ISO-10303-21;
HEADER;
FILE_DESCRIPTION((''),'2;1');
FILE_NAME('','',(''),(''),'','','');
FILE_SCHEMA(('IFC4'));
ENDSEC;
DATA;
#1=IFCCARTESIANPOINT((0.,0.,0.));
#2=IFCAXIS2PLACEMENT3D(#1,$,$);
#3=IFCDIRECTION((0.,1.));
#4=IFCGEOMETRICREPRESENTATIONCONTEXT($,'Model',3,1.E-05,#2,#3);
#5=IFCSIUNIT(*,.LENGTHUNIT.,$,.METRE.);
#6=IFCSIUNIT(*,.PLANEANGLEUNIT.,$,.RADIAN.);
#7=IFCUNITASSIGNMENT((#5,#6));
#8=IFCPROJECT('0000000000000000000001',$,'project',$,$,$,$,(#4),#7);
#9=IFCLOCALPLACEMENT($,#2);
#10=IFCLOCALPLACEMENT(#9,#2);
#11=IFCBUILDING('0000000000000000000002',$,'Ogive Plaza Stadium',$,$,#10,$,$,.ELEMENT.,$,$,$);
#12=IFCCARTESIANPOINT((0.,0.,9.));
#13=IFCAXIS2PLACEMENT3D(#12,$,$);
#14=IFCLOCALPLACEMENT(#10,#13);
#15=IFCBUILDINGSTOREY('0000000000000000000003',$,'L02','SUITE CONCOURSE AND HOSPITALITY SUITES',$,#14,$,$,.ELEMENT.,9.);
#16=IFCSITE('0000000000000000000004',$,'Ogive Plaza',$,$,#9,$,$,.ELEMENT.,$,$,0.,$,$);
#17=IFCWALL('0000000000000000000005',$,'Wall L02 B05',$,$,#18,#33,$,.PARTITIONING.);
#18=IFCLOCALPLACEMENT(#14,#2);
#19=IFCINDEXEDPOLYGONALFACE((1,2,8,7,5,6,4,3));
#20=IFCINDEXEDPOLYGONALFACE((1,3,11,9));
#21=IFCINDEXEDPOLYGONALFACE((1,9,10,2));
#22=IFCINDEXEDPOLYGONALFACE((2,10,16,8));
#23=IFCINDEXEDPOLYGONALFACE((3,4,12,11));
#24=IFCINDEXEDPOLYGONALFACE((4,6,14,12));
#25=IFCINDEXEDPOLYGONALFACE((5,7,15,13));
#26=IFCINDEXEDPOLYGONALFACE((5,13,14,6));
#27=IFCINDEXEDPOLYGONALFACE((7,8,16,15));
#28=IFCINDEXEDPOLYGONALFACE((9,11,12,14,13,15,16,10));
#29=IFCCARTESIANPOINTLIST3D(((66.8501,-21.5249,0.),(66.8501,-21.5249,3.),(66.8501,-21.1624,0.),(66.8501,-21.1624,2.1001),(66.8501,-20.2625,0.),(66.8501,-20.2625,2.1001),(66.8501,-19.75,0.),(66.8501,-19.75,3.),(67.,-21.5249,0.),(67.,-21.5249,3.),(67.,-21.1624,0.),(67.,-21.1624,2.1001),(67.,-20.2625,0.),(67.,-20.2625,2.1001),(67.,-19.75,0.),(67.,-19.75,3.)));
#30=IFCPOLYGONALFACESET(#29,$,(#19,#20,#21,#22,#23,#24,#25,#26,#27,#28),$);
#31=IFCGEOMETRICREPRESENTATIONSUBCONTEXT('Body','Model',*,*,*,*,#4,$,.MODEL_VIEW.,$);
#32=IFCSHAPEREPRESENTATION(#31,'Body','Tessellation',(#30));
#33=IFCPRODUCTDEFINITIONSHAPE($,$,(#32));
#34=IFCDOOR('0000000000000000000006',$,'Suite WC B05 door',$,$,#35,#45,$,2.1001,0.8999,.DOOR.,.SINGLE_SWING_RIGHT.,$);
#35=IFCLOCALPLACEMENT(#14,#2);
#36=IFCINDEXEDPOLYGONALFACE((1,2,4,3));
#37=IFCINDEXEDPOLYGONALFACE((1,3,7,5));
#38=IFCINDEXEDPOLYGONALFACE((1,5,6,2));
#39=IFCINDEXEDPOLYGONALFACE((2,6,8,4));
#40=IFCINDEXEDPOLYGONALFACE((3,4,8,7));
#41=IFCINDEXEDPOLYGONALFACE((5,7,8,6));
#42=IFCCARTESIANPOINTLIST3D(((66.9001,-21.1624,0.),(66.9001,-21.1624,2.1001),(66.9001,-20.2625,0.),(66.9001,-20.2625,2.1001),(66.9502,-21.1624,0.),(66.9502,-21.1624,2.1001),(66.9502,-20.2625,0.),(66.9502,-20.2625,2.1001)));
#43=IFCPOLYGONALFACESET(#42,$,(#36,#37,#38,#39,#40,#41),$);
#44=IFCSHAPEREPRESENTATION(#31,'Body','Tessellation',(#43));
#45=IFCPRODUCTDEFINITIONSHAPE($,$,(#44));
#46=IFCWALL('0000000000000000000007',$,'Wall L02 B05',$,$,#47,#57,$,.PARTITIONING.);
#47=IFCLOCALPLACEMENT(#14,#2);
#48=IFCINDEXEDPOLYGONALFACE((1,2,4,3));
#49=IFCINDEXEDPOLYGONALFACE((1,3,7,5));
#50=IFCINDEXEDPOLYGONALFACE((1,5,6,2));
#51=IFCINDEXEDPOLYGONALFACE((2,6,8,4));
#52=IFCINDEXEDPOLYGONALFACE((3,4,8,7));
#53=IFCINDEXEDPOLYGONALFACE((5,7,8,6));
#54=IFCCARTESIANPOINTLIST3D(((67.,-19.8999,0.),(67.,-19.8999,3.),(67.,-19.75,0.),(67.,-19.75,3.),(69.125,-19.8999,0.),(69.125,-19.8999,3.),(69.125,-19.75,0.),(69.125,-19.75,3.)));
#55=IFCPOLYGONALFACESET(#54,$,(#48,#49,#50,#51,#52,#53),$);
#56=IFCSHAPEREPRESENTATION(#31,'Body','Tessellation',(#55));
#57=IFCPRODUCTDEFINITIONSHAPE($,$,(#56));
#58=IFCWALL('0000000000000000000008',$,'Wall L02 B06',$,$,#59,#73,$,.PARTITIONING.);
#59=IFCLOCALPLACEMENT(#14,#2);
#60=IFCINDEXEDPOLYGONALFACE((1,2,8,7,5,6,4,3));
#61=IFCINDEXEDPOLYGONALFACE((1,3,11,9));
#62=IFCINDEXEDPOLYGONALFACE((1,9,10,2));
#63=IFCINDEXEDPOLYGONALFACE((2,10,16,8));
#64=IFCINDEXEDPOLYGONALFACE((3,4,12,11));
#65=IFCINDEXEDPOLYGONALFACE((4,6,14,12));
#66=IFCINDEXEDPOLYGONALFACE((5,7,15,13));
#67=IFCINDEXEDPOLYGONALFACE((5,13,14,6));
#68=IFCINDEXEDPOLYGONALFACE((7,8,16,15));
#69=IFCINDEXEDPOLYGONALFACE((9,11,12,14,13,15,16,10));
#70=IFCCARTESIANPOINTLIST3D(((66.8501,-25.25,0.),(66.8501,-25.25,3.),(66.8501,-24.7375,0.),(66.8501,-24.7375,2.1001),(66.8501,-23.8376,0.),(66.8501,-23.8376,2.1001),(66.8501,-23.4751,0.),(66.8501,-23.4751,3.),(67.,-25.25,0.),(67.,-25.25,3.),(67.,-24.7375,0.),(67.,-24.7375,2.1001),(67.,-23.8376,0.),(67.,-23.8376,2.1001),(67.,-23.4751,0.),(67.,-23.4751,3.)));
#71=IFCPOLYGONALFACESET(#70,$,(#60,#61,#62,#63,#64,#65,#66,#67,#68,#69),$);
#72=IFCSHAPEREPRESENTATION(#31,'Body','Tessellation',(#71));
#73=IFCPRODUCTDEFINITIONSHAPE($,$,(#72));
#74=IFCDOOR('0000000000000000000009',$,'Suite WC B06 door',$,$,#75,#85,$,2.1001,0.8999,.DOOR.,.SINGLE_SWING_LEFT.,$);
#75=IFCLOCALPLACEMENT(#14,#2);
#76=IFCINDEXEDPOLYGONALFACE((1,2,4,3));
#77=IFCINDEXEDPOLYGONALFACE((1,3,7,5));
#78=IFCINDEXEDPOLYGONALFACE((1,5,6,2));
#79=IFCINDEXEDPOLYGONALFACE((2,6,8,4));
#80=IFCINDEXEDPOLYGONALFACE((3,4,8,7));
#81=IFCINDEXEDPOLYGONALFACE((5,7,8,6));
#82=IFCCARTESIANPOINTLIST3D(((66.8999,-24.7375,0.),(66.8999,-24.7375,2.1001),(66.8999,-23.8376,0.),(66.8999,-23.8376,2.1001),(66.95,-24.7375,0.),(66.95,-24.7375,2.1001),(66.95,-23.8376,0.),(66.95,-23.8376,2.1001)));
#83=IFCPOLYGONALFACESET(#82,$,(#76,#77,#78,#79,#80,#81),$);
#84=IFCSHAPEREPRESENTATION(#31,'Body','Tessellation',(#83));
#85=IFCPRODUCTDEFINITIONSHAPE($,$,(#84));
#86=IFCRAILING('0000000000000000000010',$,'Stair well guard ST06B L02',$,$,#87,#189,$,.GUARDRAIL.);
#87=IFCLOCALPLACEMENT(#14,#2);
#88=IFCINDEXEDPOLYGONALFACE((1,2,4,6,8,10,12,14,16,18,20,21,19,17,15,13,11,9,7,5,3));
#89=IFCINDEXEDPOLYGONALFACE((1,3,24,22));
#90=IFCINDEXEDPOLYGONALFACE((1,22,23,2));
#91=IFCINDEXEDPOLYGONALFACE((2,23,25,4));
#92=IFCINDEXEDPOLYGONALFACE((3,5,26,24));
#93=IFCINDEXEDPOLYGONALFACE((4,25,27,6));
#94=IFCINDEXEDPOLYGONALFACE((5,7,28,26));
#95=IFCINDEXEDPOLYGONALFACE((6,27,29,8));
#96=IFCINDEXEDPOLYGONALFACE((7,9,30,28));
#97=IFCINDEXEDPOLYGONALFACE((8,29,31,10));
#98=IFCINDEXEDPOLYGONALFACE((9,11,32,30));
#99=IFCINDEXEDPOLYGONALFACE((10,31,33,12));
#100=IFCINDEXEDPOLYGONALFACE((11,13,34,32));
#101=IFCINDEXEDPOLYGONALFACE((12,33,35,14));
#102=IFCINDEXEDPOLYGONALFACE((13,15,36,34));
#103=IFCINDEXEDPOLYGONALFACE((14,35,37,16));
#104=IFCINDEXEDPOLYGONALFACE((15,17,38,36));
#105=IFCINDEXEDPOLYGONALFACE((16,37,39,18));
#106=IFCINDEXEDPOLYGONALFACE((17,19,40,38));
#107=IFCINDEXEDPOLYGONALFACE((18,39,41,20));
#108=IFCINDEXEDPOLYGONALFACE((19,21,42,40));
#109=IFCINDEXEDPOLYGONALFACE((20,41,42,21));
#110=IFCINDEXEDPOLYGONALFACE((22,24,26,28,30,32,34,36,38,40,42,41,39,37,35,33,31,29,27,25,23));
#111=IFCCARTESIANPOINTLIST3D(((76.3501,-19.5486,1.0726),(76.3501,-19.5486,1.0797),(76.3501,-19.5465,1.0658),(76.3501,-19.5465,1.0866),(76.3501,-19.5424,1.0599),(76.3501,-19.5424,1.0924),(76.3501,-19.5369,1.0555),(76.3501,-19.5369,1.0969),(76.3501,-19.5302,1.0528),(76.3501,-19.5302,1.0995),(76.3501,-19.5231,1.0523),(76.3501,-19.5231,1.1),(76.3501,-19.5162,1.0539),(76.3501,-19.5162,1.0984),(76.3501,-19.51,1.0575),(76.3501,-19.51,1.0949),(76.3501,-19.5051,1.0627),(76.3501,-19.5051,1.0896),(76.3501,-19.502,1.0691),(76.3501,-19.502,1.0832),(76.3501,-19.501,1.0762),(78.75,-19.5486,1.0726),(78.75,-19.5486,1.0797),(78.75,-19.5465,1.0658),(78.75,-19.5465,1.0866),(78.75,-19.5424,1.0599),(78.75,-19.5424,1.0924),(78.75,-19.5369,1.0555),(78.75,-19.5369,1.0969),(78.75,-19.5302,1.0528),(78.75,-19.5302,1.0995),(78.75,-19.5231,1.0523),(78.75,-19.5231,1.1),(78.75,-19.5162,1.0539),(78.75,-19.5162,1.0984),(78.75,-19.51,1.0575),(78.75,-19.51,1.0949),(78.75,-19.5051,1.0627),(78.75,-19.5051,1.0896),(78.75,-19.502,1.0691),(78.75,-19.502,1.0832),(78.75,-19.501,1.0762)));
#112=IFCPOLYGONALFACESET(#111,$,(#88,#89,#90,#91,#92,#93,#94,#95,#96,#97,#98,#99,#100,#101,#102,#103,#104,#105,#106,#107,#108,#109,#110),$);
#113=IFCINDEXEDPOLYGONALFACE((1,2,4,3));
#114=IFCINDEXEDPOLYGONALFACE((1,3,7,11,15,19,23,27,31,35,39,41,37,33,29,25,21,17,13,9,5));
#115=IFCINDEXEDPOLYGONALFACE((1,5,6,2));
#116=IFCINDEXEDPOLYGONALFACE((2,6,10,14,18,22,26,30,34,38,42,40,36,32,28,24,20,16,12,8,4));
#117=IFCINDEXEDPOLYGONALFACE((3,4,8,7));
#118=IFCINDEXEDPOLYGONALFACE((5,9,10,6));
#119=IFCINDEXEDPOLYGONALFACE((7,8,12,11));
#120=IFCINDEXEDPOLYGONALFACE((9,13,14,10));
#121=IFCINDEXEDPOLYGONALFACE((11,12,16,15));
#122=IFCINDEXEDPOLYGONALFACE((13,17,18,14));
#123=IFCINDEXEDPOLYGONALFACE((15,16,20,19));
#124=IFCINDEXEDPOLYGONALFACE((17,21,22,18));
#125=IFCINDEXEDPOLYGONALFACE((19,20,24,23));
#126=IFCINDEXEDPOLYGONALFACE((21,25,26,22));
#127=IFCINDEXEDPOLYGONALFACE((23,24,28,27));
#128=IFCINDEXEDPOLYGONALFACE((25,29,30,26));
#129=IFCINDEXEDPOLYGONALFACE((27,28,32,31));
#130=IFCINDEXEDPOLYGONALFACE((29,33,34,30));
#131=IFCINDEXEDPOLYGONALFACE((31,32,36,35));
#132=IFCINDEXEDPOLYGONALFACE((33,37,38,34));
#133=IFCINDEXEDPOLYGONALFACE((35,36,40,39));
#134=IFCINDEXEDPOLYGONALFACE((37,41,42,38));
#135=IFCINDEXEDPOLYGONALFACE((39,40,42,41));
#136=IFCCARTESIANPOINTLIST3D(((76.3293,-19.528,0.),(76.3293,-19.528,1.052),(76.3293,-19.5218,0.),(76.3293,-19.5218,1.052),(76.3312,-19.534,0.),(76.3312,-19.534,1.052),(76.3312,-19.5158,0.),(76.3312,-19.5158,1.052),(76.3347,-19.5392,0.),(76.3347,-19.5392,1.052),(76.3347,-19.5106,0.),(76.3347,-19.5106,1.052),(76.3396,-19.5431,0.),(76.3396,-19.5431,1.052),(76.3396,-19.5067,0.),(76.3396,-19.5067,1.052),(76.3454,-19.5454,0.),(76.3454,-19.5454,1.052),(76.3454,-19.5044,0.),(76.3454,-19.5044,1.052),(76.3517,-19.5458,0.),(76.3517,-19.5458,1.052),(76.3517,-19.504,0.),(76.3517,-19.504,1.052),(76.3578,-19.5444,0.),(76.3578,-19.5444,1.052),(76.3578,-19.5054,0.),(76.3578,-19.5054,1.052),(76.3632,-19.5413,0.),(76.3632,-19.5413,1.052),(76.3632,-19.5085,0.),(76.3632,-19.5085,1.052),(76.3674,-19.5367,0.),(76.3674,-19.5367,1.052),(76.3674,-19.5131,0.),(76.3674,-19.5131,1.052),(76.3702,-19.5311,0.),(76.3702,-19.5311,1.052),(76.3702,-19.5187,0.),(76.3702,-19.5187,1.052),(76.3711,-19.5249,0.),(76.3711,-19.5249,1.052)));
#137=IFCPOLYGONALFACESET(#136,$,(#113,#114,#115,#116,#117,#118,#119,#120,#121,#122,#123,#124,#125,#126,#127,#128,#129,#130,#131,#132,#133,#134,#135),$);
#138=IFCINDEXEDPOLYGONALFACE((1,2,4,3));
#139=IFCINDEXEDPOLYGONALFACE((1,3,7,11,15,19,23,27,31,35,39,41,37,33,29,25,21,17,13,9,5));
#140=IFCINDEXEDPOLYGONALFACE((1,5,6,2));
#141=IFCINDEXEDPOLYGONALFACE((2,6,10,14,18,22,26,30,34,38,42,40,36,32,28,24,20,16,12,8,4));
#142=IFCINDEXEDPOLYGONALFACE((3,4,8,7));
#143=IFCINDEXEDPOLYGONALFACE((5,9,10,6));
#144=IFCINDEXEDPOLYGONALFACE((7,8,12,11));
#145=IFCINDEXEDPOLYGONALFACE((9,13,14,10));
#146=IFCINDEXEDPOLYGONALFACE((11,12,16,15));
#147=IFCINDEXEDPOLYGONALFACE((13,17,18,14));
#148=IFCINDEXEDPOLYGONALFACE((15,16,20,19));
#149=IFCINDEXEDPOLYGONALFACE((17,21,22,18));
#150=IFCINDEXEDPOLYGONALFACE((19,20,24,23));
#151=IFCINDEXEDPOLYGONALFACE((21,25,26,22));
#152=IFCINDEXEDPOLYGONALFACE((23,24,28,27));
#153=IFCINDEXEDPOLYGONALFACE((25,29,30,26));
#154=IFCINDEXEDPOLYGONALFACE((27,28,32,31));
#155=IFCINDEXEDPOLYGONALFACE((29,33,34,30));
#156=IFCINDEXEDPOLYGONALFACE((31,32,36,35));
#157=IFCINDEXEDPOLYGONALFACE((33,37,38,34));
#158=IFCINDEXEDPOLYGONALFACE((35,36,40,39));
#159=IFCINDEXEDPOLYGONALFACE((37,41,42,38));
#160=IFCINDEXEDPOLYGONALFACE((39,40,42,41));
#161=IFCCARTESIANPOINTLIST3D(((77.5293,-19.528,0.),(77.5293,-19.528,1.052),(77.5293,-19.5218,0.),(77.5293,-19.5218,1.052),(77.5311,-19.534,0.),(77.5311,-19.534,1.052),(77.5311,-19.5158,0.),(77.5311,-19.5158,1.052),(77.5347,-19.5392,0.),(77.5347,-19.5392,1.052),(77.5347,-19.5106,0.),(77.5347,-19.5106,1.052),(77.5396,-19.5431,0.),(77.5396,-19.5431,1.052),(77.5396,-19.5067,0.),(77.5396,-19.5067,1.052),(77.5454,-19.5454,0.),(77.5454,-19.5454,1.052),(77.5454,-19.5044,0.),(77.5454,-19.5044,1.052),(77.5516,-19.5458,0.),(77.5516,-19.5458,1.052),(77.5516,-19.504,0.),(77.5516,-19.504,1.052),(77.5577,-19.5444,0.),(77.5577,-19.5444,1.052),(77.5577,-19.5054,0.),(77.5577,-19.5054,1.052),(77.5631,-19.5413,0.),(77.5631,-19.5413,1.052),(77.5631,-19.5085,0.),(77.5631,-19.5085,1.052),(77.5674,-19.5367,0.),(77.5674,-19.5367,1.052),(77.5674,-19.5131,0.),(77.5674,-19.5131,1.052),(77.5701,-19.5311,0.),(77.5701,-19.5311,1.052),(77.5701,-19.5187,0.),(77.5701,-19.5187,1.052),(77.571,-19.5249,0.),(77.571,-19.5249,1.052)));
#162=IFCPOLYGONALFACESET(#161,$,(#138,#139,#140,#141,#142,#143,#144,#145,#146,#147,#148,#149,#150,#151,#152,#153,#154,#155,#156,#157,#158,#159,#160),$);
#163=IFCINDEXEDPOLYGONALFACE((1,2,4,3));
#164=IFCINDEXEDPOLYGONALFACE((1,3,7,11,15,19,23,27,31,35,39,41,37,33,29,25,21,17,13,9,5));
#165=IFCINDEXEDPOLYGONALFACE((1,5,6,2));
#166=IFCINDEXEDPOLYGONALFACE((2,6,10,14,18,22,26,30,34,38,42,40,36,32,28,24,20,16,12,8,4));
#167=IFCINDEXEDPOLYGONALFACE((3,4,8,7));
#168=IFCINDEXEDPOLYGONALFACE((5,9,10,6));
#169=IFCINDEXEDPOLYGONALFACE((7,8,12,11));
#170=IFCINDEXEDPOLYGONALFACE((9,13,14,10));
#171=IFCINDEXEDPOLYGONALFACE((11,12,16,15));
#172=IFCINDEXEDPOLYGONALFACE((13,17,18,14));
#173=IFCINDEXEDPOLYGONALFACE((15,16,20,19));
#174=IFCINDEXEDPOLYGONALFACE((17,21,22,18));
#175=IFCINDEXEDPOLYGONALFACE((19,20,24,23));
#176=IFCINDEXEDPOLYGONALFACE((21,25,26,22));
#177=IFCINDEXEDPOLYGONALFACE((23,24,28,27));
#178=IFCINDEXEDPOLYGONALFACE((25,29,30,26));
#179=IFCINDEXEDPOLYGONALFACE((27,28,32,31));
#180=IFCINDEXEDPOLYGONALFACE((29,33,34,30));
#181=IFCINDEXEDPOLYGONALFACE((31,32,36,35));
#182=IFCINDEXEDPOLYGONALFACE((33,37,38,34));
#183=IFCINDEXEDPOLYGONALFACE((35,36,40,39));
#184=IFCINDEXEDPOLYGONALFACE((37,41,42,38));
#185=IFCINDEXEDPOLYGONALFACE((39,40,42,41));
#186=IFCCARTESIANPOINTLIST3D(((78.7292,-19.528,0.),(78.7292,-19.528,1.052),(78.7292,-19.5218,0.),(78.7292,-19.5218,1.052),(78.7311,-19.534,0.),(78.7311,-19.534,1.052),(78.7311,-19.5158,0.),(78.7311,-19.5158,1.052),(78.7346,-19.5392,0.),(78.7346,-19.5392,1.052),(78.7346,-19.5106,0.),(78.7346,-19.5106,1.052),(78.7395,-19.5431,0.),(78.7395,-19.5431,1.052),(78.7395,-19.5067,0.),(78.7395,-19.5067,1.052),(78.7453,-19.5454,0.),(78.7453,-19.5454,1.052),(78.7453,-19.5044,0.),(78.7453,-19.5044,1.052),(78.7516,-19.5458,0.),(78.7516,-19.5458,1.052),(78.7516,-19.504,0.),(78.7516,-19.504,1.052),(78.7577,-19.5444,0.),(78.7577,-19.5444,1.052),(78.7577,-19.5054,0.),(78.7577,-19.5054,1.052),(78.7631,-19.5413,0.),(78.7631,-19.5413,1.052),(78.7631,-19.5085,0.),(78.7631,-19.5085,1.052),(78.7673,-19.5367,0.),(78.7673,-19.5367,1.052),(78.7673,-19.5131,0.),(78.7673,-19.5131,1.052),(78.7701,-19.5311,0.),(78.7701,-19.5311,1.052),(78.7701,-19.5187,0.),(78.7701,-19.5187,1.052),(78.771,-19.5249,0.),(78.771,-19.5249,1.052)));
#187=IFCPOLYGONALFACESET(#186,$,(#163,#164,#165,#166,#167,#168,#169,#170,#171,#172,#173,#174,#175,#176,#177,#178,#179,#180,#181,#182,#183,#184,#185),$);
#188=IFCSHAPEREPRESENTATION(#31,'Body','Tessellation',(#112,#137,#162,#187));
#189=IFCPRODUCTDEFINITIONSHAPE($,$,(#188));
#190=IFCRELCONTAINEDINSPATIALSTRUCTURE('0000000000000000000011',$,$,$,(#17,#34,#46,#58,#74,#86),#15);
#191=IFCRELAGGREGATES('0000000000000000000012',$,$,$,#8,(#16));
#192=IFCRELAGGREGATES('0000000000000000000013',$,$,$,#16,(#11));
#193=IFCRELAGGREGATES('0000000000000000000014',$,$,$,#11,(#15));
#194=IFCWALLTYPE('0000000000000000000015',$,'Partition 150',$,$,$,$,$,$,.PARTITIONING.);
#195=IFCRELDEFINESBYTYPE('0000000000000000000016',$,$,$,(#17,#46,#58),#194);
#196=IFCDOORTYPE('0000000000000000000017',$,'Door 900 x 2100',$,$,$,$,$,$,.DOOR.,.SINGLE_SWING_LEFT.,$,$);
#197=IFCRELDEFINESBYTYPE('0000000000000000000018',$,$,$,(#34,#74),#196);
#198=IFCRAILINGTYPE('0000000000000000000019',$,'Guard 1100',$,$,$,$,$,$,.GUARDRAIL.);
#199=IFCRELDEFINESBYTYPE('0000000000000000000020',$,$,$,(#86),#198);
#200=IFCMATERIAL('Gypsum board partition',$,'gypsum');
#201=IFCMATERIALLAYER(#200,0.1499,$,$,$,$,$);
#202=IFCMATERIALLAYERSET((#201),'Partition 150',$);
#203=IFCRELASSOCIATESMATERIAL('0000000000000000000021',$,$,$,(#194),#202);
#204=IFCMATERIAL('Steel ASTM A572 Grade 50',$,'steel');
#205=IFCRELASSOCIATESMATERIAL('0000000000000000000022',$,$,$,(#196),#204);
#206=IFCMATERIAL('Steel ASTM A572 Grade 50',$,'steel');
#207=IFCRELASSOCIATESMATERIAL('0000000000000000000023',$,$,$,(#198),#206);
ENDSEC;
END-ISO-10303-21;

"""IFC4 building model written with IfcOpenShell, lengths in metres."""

from ifc_helpers import new_model, si_unit, direction, frame, frame_2d, origin, origin_2d, place, context, subcontext, project, spatial, rectangle, circle, extrude, material, layer, layer_set, type_object, element, fill, save


model = new_model("IFC4")

# Units and contexts
model_context = context("Model", 3, precision=1e-05, world=origin(), true_north=direction((0.0, 1.0)))
body_context = subcontext(model_context, "Body", "Model", "MODEL_VIEW")
ifc_project = project(units=[si_unit("LENGTHUNIT", "METRE"), si_unit("PLANEANGLEUNIT", "RADIAN")], contexts=[model_context])

# Site, building, storey
site_placement = place(None, origin())
site = spatial("IfcSite", under=ifc_project, at=site_placement, Name="Ogive Plaza", CompositionType="ELEMENT", RefElevation=0.0)
building_placement = place(site_placement, origin())
building = spatial("IfcBuilding", under=site, at=building_placement, Name="Ogive Plaza Stadium", CompositionType="ELEMENT")
storey_placement = place(building_placement, frame((0.0, 0.0, 9.0)))
storey = spatial("IfcBuildingStorey", under=building, at=storey_placement, Name="L02", Description="SUITE CONCOURSE AND HOSPITALITY SUITES", CompositionType="ELEMENT", Elevation=9.0)

# Wall, opening, door
ifc_material_1 = material(Name="Gypsum board partition", Category="gypsum")
ifc_layer_1 = layer(ifc_material_1, 0.1499)
ifc_layer_set_1 = layer_set([ifc_layer_1], Name="Partition 150")
wall_type_1 = type_object("IfcWallType", Name="Partition 150", PredefinedType="PARTITIONING", material=ifc_layer_set_1)
wall_1_placement = place(storey_placement, frame((66.925, -21.5249, 0.0), z_axis=(0.0, 0.0, 1.0), x_axis=(0.0, 1.0, 0.0)))
wall_1 = element("IfcWall", 1, at=wall_1_placement, inside=storey, type_object=wall_type_1, Name="Wall L02 B05", PredefinedType="PARTITIONING", context=body_context, shape_type="SweptSolid", body=[
    extrude(rectangle(XDim=1.7749, YDim=0.1499, at=frame_2d((0.8875, 0.0))), origin(), (0.0, 0.0, 1.0), 3.0),
])
opening_1_placement = place(wall_1_placement, frame((0.3625, 0.0, 0.0)))
opening_1 = element("IfcOpeningElement", 2, at=opening_1_placement, cuts=wall_1, PredefinedType="OPENING", context=body_context, shape_type="SweptSolid", body=[
    extrude(rectangle(XDim=0.8999, YDim=2.1001, at=frame_2d((0.45, 1.05))), frame((0.0, 0.075, 0.0), z_axis=(0.0, -1.0, 0.0), x_axis=(1.0, 0.0, 0.0)), (0.0, 0.0, 1.0), 0.1499),
])
ifc_material_2 = material(Name="Steel ASTM A572 Grade 50", Category="steel")
door_type_1 = type_object("IfcDoorType", Name="Door 900 x 2100", OperationType="SINGLE_SWING_LEFT", PredefinedType="DOOR", material=ifc_material_2)
door_1_placement = place(opening_1_placement, origin())
door_1 = element("IfcDoor", 3, at=door_1_placement, inside=storey, type_object=door_type_1, Name="Suite WC B05 door", OperationType="SINGLE_SWING_RIGHT", OverallHeight=2.1001, OverallWidth=0.8999, PredefinedType="DOOR", context=body_context, shape_type="SweptSolid", body=[
    extrude(rectangle(XDim=0.8999, YDim=2.1001, at=frame_2d((0.45, 1.05))), frame((0.0, 0.0249, 0.0), z_axis=(0.0, -1.0, 0.0), x_axis=(1.0, 0.0, 0.0)), (0.0, 0.0, 1.0), 0.05),
])
fill(opening_1, door_1)

# Wall
wall_2_placement = place(storey_placement, frame((67.0, -19.825, 0.0), z_axis=(0.0, 0.0, 1.0), x_axis=(1.0, 0.0, 0.0)))
element("IfcWall", 4, at=wall_2_placement, inside=storey, type_object=wall_type_1, Name="Wall L02 B05", PredefinedType="PARTITIONING", context=body_context, shape_type="SweptSolid", body=[
    extrude(rectangle(XDim=2.125, YDim=0.1499, at=frame_2d((1.0625, 0.0))), origin(), (0.0, 0.0, 1.0), 3.0),
])

# Wall, opening, door
wall_3_placement = place(storey_placement, frame((66.925, -23.4751, 0.0), z_axis=(0.0, 0.0, 1.0), x_axis=(0.0, -1.0, 0.0)))
wall_3 = element("IfcWall", 5, at=wall_3_placement, inside=storey, type_object=wall_type_1, Name="Wall L02 B06", PredefinedType="PARTITIONING", context=body_context, shape_type="SweptSolid", body=[
    extrude(rectangle(XDim=1.7749, YDim=0.1499, at=frame_2d((0.8875, 0.0))), origin(), (0.0, 0.0, 1.0), 3.0),
])
opening_2_placement = place(wall_3_placement, frame((0.3625, 0.0, 0.0)))
opening_2 = element("IfcOpeningElement", 6, at=opening_2_placement, cuts=wall_3, PredefinedType="OPENING", context=body_context, shape_type="SweptSolid", body=[
    extrude(rectangle(XDim=0.8999, YDim=2.1001, at=frame_2d((0.45, 1.05))), frame((0.0, 0.075, 0.0), z_axis=(0.0, -1.0, 0.0), x_axis=(1.0, 0.0, 0.0)), (0.0, 0.0, 1.0), 0.1499),
])
door_2_placement = place(opening_2_placement, origin())
door_2 = element("IfcDoor", 7, at=door_2_placement, inside=storey, type_object=door_type_1, Name="Suite WC B06 door", OperationType="SINGLE_SWING_LEFT", OverallHeight=2.1001, OverallWidth=0.8999, PredefinedType="DOOR", context=body_context, shape_type="SweptSolid", body=[
    extrude(rectangle(XDim=0.8999, YDim=2.1001, at=frame_2d((0.45, 1.05))), frame((0.0, 0.0249, 0.0), z_axis=(0.0, -1.0, 0.0), x_axis=(1.0, 0.0, 0.0)), (0.0, 0.0, 1.0), 0.05),
])
fill(opening_2, door_2)

# Railing
ifc_material_3 = material(Name="Steel ASTM A572 Grade 50", Category="steel")
railing_type_1 = type_object("IfcRailingType", Name="Guard 1100", PredefinedType="GUARDRAIL", material=ifc_material_3)
railing_placement = place(storey_placement, frame((76.3501, -19.5249, 0.0)))
element("IfcRailing", 8, at=railing_placement, inside=storey, type_object=railing_type_1, Name="Stair well guard ST06B L02", PredefinedType="GUARDRAIL", context=body_context, shape_type="SweptSolid", body=[
    extrude(circle(Radius=0.0239, at=origin_2d()), frame((0.0, 0.0, 1.0762), z_axis=(1.0, 0.0, 0.0), x_axis=(0.0, 1.0, 0.0)), (0.0, 0.0, 1.0), 2.3999),
    extrude(circle(Radius=0.021, at=origin_2d()), origin(), (0.0, 0.0, 1.0), 1.052),
    extrude(circle(Radius=0.021, at=origin_2d()), frame((1.2, 0.0, 0.0)), (0.0, 0.0, 1.0), 1.052),
    extrude(circle(Radius=0.021, at=origin_2d()), frame((2.3999, 0.0, 0.0)), (0.0, 0.0, 1.0), 1.052),
])

save(model, "model.ifc")
